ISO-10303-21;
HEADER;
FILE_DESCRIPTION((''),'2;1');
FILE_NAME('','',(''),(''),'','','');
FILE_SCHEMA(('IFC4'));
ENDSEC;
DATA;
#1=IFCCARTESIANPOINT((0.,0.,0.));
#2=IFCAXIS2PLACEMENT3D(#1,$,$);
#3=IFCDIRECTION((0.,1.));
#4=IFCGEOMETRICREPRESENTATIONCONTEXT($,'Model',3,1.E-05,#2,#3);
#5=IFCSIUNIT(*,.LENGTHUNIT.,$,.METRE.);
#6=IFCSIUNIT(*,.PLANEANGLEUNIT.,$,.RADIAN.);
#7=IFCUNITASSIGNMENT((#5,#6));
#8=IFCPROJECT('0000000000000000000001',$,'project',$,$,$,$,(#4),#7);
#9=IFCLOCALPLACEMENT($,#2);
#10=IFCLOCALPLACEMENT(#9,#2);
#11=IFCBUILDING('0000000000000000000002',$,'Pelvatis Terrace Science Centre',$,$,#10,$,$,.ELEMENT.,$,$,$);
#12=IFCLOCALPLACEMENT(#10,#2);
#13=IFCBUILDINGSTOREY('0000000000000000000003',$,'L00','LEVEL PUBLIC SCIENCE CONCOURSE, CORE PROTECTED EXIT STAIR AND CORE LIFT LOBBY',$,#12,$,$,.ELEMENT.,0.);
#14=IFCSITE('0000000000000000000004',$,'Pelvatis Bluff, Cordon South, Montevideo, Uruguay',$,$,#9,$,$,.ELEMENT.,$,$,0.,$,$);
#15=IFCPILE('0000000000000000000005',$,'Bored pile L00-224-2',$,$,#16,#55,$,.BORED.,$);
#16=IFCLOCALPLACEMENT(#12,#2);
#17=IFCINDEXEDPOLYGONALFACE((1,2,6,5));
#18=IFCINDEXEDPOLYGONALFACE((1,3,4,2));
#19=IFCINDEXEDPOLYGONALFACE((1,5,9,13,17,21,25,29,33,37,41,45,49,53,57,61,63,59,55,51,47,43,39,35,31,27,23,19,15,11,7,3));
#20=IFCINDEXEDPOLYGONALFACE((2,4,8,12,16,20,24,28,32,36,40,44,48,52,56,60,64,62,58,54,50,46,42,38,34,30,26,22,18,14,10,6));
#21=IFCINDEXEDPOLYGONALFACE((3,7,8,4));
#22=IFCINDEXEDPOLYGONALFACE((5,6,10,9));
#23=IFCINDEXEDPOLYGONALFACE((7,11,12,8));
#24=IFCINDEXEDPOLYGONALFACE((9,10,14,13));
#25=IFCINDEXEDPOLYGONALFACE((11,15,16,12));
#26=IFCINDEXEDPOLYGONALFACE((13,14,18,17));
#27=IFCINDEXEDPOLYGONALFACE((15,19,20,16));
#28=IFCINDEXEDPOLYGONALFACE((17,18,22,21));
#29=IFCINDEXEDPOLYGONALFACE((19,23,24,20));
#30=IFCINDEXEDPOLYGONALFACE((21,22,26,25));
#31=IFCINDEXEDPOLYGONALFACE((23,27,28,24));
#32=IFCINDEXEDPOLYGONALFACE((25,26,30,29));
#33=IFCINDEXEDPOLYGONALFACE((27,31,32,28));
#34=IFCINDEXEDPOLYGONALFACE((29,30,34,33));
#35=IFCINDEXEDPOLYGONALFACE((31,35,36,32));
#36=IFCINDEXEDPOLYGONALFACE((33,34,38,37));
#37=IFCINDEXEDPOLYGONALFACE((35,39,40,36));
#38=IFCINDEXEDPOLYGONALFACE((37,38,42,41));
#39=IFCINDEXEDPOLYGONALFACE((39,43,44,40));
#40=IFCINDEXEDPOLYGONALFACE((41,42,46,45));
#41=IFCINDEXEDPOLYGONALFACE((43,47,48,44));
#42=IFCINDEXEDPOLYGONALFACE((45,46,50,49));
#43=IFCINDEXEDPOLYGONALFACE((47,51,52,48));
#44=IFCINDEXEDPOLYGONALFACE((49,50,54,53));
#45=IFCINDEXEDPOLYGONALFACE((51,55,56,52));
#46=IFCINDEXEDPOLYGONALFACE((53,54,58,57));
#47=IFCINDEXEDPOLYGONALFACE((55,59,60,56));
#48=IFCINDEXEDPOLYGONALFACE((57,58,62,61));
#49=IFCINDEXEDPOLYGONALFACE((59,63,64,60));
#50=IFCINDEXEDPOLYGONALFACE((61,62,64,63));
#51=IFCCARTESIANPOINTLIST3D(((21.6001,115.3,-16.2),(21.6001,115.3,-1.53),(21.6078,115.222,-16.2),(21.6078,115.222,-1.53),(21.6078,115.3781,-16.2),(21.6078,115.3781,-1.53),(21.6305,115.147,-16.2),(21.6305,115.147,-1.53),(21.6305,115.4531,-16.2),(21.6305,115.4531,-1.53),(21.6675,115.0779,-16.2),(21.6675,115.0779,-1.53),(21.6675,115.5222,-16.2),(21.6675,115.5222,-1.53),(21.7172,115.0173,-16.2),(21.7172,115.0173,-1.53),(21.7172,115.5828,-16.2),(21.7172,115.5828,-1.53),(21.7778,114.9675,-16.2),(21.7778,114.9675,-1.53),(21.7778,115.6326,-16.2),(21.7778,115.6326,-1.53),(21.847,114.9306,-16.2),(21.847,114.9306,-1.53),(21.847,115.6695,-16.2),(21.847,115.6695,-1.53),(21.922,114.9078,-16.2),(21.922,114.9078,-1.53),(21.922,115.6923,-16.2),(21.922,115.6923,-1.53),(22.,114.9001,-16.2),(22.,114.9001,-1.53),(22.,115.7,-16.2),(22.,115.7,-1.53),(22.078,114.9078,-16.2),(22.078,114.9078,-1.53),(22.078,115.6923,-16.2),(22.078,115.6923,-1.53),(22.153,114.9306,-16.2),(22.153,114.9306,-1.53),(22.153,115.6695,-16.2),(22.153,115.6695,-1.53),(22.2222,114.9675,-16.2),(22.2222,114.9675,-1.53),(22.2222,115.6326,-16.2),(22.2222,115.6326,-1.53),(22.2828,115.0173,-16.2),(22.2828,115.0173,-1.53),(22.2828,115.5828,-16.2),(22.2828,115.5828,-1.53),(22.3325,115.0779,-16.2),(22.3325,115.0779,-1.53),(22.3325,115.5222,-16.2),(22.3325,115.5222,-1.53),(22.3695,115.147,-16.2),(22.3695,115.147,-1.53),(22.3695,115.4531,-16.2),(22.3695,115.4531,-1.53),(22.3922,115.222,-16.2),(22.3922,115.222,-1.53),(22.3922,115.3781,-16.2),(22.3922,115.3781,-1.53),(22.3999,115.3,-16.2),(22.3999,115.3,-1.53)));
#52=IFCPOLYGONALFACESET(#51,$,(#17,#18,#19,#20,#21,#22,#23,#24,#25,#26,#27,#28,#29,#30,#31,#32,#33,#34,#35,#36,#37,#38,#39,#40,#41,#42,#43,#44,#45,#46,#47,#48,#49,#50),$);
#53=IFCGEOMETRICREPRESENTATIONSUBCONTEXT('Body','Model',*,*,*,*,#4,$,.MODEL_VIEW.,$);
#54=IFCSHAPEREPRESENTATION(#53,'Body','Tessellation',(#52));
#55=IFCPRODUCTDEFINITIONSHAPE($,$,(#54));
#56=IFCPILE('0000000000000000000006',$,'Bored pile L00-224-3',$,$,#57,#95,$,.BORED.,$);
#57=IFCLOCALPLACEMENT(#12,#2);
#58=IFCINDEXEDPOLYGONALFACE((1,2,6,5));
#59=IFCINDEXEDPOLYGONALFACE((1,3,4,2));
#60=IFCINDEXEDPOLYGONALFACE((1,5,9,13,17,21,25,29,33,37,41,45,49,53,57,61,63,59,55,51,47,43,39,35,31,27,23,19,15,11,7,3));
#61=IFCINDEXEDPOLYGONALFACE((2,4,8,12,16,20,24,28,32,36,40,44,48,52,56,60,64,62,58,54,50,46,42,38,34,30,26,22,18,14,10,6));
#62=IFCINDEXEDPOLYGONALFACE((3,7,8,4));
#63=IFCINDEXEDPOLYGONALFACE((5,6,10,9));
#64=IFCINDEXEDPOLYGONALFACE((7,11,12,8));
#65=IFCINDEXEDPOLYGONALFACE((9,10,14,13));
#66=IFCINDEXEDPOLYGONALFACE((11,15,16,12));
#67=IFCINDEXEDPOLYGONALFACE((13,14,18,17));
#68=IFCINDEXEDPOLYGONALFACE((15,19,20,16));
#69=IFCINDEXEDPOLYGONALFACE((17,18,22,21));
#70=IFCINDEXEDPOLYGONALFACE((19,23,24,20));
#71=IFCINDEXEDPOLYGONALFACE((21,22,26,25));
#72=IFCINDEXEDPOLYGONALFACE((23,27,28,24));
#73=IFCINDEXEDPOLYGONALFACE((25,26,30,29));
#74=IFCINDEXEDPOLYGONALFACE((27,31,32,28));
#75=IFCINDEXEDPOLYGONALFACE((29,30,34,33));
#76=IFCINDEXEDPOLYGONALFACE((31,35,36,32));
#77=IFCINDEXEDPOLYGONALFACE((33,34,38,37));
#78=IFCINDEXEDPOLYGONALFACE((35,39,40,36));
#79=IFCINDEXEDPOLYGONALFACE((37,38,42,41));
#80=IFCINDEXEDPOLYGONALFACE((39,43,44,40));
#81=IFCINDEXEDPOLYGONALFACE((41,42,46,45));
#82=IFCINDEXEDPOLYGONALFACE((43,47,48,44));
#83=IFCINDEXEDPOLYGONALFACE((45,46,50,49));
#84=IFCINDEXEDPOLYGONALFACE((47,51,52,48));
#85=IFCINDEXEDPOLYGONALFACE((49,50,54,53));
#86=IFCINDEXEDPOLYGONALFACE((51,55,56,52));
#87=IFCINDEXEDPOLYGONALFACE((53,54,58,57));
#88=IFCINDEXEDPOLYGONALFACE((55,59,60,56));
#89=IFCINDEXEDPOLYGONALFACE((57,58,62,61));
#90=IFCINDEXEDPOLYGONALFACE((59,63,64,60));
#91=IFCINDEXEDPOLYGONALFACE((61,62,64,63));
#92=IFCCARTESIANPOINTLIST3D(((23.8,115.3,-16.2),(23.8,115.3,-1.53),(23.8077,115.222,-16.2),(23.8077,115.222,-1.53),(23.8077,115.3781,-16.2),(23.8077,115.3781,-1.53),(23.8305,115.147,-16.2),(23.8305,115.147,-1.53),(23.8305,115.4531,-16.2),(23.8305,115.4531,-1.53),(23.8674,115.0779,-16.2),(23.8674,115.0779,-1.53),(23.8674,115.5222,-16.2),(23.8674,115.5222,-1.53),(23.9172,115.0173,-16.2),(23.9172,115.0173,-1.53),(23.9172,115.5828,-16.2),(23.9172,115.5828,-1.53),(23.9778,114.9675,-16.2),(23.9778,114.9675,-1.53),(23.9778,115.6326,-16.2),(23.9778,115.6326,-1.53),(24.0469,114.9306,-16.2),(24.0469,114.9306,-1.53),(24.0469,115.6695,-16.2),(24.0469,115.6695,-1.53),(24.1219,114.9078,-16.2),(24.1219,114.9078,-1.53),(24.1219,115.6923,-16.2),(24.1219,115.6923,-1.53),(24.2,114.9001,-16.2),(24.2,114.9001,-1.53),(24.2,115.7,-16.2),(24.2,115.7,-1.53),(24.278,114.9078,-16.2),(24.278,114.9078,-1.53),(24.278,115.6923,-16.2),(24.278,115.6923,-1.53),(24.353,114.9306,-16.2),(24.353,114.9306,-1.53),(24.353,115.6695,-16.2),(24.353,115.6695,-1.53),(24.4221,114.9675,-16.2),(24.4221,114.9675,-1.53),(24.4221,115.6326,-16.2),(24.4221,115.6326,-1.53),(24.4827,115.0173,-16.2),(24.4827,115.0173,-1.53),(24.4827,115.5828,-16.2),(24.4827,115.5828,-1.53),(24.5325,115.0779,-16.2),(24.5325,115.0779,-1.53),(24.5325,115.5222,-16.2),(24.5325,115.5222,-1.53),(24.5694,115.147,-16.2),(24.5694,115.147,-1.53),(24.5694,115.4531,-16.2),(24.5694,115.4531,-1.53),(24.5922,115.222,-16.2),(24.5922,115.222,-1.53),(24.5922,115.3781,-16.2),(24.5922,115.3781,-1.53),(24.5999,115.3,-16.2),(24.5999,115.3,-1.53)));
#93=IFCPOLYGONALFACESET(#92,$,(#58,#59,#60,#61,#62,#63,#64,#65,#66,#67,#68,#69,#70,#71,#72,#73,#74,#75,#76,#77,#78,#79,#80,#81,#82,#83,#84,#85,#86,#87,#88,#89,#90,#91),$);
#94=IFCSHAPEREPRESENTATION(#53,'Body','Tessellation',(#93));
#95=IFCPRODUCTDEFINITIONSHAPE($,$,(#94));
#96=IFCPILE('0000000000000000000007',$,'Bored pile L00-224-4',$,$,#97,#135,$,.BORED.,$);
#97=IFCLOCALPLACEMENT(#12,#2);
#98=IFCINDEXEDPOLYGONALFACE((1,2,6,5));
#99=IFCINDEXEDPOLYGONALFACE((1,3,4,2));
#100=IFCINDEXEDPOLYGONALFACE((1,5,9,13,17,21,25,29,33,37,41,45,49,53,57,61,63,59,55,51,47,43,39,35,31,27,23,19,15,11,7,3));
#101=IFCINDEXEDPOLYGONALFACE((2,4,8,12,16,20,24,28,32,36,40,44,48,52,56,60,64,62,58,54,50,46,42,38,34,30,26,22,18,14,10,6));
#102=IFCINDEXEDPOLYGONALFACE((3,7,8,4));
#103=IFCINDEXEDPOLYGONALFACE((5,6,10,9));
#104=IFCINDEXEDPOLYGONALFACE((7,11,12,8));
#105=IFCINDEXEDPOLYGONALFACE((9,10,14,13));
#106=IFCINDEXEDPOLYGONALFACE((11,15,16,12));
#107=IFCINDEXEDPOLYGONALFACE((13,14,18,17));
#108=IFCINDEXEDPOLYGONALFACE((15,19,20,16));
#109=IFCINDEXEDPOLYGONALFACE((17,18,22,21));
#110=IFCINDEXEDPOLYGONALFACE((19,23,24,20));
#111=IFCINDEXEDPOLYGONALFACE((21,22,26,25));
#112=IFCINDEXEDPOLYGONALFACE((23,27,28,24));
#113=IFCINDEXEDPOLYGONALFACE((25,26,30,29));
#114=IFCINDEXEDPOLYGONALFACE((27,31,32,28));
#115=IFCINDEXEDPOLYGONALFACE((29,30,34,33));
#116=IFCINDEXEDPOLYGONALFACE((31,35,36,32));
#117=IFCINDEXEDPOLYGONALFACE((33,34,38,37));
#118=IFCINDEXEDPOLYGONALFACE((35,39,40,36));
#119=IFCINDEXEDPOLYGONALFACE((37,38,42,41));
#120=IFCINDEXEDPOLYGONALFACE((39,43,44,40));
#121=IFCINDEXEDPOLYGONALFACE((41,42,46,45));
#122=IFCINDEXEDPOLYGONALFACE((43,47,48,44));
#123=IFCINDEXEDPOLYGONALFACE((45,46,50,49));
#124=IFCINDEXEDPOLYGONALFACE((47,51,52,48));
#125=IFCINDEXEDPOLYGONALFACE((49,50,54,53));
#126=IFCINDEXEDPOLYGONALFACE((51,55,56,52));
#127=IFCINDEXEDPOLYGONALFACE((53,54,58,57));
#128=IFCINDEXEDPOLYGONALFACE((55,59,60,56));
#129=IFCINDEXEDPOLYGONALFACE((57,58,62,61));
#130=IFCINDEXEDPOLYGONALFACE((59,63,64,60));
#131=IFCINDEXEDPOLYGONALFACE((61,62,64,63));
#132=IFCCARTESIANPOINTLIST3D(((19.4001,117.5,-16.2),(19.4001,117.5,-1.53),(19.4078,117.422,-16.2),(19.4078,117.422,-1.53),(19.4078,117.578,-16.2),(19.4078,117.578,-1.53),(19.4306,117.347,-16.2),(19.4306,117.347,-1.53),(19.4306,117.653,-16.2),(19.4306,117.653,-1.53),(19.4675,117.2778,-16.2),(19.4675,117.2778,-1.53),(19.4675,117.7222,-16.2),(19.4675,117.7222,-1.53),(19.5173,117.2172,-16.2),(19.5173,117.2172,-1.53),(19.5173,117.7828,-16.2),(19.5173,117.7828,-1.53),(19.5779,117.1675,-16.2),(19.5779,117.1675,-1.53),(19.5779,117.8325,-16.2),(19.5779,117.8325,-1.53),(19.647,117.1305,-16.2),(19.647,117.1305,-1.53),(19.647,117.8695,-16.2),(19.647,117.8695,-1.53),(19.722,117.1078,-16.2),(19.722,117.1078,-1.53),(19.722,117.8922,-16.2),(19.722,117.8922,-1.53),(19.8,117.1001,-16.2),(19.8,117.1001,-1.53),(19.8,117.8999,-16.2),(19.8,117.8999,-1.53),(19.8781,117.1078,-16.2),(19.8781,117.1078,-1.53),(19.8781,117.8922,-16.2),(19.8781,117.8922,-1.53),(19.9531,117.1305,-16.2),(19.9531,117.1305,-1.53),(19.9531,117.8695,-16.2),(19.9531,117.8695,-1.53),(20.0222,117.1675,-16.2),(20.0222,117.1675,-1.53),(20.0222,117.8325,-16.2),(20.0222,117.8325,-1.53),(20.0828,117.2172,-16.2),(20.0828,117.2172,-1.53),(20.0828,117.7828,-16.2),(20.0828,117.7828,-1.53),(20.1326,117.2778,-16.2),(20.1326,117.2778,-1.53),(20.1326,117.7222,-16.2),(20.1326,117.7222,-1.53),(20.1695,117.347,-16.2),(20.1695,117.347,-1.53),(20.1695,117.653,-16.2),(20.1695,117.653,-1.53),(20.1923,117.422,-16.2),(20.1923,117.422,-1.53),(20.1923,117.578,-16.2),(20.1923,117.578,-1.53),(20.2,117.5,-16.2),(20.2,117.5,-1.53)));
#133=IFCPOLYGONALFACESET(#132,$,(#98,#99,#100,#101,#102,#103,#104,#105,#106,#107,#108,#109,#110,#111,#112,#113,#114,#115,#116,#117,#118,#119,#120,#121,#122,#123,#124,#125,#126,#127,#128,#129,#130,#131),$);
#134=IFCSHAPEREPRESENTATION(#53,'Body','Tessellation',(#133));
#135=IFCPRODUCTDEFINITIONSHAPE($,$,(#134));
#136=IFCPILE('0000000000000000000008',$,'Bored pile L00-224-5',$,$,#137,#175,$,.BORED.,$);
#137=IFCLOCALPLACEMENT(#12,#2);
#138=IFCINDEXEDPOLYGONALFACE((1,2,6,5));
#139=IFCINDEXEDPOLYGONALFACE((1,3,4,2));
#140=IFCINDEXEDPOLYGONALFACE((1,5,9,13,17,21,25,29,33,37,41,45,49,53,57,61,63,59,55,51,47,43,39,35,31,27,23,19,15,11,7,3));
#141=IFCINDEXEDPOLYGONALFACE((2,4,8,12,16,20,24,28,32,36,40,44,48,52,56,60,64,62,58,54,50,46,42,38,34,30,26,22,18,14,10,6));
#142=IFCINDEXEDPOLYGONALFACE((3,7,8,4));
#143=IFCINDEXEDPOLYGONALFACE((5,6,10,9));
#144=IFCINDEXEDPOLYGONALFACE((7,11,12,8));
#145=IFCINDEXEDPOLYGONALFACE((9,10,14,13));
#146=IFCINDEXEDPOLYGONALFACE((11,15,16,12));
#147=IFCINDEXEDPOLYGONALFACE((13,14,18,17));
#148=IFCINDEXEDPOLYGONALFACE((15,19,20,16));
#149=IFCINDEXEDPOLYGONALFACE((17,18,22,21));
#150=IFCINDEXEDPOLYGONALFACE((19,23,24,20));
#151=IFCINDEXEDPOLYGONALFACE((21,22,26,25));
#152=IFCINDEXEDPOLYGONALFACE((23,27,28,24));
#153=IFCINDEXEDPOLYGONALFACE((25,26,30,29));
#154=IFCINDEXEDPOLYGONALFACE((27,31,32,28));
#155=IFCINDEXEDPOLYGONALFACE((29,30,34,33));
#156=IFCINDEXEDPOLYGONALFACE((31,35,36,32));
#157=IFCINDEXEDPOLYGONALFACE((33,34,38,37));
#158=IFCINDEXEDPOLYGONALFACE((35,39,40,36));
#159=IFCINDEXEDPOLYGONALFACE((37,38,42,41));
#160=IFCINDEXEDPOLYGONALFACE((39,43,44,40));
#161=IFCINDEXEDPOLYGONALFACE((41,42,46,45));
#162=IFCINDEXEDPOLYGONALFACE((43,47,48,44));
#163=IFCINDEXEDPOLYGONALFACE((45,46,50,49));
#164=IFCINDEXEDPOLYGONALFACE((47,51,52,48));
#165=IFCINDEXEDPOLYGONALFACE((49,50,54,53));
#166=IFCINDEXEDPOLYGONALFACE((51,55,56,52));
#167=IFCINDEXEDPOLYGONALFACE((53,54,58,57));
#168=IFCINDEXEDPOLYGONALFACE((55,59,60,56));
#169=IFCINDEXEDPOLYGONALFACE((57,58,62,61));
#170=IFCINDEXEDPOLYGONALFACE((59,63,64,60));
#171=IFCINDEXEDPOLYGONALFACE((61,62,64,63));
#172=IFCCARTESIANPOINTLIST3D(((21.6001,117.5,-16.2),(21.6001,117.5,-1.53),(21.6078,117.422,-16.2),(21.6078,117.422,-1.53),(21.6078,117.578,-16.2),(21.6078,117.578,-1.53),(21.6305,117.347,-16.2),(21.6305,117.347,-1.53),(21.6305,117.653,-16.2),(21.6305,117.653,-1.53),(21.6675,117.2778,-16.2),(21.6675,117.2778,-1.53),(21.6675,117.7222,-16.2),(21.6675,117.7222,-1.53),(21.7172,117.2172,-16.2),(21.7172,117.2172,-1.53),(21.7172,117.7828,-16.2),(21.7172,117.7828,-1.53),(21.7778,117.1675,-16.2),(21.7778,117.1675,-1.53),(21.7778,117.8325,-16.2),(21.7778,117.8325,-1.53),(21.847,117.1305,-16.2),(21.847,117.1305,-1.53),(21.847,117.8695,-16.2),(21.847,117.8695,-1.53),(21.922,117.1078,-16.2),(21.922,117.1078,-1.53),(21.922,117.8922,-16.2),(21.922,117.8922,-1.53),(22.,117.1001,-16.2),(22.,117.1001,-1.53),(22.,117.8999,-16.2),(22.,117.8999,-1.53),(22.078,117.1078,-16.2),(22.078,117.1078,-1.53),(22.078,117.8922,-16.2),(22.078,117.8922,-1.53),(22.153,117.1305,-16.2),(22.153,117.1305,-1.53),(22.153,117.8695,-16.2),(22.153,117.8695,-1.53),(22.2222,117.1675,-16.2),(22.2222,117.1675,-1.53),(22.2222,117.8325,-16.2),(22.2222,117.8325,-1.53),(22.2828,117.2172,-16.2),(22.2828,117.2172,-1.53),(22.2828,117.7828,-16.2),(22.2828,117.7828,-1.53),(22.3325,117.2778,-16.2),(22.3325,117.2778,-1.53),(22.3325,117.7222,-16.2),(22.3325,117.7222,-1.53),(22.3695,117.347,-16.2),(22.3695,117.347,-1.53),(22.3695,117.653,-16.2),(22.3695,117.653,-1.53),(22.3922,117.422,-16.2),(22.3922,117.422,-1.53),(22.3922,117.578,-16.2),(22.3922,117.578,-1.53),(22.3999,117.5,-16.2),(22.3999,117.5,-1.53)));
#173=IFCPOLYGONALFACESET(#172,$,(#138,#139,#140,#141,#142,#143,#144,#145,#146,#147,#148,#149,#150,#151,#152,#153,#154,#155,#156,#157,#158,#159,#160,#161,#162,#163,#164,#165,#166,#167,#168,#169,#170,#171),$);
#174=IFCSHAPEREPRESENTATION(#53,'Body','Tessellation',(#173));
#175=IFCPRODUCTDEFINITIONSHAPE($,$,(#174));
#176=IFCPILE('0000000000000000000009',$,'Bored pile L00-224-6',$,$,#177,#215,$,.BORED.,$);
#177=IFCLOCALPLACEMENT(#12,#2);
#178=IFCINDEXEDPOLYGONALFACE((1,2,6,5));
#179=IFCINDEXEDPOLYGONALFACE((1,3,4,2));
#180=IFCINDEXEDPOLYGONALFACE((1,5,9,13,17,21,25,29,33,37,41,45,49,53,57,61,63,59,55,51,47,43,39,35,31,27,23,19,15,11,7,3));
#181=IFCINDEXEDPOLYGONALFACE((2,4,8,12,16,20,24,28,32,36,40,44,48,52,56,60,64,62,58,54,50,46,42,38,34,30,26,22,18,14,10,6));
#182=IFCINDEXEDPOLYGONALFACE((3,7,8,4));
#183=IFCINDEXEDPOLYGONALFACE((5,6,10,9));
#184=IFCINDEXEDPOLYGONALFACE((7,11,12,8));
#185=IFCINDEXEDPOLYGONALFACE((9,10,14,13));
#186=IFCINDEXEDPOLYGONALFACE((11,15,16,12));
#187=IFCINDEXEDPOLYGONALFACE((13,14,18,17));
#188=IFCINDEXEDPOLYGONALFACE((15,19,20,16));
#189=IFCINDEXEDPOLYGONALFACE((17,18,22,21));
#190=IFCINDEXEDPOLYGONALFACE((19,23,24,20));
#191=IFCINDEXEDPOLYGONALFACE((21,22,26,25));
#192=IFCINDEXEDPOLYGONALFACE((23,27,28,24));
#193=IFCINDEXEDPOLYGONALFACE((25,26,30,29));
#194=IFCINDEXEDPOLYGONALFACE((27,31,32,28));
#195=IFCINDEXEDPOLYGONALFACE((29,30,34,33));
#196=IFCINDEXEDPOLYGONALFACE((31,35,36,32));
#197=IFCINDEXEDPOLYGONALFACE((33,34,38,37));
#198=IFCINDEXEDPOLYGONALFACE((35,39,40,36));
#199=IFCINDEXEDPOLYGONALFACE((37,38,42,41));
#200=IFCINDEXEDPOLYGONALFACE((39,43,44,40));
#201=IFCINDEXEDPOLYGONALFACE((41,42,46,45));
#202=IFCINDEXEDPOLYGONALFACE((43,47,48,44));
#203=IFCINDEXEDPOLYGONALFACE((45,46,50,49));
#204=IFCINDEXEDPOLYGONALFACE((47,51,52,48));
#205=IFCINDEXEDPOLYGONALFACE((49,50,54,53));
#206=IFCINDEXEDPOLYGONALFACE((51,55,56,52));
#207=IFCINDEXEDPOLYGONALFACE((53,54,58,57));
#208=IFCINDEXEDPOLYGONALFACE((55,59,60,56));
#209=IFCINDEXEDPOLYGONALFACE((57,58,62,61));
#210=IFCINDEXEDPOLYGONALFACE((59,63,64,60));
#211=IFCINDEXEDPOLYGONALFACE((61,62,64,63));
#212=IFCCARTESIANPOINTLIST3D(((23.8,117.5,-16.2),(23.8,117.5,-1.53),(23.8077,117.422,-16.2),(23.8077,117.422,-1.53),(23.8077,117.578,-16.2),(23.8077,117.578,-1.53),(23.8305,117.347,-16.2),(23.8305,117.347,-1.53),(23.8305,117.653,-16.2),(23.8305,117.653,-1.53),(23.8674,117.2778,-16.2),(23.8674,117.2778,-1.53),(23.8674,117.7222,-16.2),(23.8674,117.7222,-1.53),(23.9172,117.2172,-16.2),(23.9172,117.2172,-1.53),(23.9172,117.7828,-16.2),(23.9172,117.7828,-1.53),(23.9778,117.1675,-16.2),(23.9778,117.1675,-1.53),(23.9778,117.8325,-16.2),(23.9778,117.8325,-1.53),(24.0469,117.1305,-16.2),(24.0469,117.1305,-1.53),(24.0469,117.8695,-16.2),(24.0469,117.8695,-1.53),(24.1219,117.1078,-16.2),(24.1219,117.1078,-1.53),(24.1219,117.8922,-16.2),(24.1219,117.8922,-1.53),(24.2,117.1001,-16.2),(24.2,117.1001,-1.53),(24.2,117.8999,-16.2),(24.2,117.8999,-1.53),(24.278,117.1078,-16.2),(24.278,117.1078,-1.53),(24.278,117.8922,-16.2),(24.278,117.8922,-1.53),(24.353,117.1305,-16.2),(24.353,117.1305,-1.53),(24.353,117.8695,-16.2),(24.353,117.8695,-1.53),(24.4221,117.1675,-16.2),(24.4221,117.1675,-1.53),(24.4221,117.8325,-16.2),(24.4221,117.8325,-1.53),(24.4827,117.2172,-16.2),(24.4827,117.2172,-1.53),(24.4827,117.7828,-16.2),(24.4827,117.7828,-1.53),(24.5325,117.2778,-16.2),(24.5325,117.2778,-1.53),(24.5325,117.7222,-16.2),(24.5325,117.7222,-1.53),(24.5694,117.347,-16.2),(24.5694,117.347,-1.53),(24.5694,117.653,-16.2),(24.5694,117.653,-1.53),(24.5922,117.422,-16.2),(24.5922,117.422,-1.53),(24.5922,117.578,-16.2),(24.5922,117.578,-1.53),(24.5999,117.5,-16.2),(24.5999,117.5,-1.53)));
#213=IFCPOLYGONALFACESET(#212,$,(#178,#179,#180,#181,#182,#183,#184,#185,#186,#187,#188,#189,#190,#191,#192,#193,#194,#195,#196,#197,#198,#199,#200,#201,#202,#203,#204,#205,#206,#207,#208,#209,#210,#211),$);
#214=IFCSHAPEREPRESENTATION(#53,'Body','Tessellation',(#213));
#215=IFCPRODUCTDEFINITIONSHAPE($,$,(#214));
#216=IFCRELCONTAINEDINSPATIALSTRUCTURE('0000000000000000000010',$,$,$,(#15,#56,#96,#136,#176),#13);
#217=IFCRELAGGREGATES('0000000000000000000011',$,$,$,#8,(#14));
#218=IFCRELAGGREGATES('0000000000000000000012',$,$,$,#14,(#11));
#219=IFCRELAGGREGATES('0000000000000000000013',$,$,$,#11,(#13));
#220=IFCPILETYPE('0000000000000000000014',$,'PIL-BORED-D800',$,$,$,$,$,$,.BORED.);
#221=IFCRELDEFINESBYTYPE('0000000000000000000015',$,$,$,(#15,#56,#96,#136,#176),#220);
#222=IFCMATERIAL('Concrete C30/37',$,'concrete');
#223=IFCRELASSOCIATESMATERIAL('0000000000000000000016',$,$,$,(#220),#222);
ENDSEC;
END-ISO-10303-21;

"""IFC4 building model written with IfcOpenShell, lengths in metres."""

from ifc_helpers import new_model, si_unit, direction, frame, origin, origin_2d, place, context, subcontext, project, spatial, circle, extrude, material, material_profile, profile_set, type_object, element, save


model = new_model("IFC4")

# Units and contexts
model_context = context("Model", 3, precision=1e-05, world=origin(), true_north=direction((0.0, 1.0)))
body_context = subcontext(model_context, "Body", "Model", "MODEL_VIEW")
ifc_project = project(units=[si_unit("LENGTHUNIT", "METRE"), si_unit("PLANEANGLEUNIT", "RADIAN")], contexts=[model_context])

# Site, building, storey
site_placement = place(None, origin())
site = spatial("IfcSite", under=ifc_project, at=site_placement, Name="Pelvatis Bluff, Cordon South, Montevideo, Uruguay", CompositionType="ELEMENT", RefElevation=0.0)
building_placement = place(site_placement, origin())
building = spatial("IfcBuilding", under=site, at=building_placement, Name="Pelvatis Terrace Science Centre", CompositionType="ELEMENT")
storey_placement = place(building_placement, origin())
storey = spatial("IfcBuildingStorey", under=building, at=storey_placement, Name="L00", Description="LEVEL PUBLIC SCIENCE CONCOURSE, CORE PROTECTED EXIT STAIR AND CORE LIFT LOBBY", CompositionType="ELEMENT", Elevation=0.0)

# Piles
ifc_material_1 = material(Name="Concrete C30/37", Category="concrete")
ifc_material_profile_1 = material_profile(ifc_material_1, circle(Radius=0.3999, at=origin_2d()), Name="PILE D800")
ifc_profile_set_1 = profile_set([ifc_material_profile_1], Name="Concrete C30/37")
pile_type = type_object("IfcPileType", Name="PIL-BORED-D800", PredefinedType="BORED", material=ifc_profile_set_1)
for number, where, z_axis, x_axis, name in (
    (1, (22.0, 115.3, -1.53), (0.0, 0.0, -1.0), (1.0, 0.0, 0.0), "Bored pile L00-224-2"),
    (2, (24.2, 115.3, -1.53), (0.0, 0.0, -1.0), (1.0, 0.0, 0.0), "Bored pile L00-224-3"),
    (3, (19.8, 117.5, -1.53), (0.0, 0.0, -1.0), (1.0, 0.0, 0.0), "Bored pile L00-224-4"),
    (4, (22.0, 117.5, -1.53), (0.0, 0.0, -1.0), (1.0, 0.0, 0.0), "Bored pile L00-224-5"),
    (5, (24.2, 117.5, -1.53), (0.0, 0.0, -1.0), (1.0, 0.0, 0.0), "Bored pile L00-224-6"),
):
    element("IfcPile", number, at=place(storey_placement, frame(where, z_axis=z_axis, x_axis=x_axis)), inside=storey, type_object=pile_type, Name=name, PredefinedType="BORED", context=body_context, shape_type="SweptSolid", body=[
        extrude(circle(Radius=0.3999, at=origin_2d()), origin(), (0.0, 0.0, 1.0), 14.6699),
    ])

save(model, "model.ifc")
